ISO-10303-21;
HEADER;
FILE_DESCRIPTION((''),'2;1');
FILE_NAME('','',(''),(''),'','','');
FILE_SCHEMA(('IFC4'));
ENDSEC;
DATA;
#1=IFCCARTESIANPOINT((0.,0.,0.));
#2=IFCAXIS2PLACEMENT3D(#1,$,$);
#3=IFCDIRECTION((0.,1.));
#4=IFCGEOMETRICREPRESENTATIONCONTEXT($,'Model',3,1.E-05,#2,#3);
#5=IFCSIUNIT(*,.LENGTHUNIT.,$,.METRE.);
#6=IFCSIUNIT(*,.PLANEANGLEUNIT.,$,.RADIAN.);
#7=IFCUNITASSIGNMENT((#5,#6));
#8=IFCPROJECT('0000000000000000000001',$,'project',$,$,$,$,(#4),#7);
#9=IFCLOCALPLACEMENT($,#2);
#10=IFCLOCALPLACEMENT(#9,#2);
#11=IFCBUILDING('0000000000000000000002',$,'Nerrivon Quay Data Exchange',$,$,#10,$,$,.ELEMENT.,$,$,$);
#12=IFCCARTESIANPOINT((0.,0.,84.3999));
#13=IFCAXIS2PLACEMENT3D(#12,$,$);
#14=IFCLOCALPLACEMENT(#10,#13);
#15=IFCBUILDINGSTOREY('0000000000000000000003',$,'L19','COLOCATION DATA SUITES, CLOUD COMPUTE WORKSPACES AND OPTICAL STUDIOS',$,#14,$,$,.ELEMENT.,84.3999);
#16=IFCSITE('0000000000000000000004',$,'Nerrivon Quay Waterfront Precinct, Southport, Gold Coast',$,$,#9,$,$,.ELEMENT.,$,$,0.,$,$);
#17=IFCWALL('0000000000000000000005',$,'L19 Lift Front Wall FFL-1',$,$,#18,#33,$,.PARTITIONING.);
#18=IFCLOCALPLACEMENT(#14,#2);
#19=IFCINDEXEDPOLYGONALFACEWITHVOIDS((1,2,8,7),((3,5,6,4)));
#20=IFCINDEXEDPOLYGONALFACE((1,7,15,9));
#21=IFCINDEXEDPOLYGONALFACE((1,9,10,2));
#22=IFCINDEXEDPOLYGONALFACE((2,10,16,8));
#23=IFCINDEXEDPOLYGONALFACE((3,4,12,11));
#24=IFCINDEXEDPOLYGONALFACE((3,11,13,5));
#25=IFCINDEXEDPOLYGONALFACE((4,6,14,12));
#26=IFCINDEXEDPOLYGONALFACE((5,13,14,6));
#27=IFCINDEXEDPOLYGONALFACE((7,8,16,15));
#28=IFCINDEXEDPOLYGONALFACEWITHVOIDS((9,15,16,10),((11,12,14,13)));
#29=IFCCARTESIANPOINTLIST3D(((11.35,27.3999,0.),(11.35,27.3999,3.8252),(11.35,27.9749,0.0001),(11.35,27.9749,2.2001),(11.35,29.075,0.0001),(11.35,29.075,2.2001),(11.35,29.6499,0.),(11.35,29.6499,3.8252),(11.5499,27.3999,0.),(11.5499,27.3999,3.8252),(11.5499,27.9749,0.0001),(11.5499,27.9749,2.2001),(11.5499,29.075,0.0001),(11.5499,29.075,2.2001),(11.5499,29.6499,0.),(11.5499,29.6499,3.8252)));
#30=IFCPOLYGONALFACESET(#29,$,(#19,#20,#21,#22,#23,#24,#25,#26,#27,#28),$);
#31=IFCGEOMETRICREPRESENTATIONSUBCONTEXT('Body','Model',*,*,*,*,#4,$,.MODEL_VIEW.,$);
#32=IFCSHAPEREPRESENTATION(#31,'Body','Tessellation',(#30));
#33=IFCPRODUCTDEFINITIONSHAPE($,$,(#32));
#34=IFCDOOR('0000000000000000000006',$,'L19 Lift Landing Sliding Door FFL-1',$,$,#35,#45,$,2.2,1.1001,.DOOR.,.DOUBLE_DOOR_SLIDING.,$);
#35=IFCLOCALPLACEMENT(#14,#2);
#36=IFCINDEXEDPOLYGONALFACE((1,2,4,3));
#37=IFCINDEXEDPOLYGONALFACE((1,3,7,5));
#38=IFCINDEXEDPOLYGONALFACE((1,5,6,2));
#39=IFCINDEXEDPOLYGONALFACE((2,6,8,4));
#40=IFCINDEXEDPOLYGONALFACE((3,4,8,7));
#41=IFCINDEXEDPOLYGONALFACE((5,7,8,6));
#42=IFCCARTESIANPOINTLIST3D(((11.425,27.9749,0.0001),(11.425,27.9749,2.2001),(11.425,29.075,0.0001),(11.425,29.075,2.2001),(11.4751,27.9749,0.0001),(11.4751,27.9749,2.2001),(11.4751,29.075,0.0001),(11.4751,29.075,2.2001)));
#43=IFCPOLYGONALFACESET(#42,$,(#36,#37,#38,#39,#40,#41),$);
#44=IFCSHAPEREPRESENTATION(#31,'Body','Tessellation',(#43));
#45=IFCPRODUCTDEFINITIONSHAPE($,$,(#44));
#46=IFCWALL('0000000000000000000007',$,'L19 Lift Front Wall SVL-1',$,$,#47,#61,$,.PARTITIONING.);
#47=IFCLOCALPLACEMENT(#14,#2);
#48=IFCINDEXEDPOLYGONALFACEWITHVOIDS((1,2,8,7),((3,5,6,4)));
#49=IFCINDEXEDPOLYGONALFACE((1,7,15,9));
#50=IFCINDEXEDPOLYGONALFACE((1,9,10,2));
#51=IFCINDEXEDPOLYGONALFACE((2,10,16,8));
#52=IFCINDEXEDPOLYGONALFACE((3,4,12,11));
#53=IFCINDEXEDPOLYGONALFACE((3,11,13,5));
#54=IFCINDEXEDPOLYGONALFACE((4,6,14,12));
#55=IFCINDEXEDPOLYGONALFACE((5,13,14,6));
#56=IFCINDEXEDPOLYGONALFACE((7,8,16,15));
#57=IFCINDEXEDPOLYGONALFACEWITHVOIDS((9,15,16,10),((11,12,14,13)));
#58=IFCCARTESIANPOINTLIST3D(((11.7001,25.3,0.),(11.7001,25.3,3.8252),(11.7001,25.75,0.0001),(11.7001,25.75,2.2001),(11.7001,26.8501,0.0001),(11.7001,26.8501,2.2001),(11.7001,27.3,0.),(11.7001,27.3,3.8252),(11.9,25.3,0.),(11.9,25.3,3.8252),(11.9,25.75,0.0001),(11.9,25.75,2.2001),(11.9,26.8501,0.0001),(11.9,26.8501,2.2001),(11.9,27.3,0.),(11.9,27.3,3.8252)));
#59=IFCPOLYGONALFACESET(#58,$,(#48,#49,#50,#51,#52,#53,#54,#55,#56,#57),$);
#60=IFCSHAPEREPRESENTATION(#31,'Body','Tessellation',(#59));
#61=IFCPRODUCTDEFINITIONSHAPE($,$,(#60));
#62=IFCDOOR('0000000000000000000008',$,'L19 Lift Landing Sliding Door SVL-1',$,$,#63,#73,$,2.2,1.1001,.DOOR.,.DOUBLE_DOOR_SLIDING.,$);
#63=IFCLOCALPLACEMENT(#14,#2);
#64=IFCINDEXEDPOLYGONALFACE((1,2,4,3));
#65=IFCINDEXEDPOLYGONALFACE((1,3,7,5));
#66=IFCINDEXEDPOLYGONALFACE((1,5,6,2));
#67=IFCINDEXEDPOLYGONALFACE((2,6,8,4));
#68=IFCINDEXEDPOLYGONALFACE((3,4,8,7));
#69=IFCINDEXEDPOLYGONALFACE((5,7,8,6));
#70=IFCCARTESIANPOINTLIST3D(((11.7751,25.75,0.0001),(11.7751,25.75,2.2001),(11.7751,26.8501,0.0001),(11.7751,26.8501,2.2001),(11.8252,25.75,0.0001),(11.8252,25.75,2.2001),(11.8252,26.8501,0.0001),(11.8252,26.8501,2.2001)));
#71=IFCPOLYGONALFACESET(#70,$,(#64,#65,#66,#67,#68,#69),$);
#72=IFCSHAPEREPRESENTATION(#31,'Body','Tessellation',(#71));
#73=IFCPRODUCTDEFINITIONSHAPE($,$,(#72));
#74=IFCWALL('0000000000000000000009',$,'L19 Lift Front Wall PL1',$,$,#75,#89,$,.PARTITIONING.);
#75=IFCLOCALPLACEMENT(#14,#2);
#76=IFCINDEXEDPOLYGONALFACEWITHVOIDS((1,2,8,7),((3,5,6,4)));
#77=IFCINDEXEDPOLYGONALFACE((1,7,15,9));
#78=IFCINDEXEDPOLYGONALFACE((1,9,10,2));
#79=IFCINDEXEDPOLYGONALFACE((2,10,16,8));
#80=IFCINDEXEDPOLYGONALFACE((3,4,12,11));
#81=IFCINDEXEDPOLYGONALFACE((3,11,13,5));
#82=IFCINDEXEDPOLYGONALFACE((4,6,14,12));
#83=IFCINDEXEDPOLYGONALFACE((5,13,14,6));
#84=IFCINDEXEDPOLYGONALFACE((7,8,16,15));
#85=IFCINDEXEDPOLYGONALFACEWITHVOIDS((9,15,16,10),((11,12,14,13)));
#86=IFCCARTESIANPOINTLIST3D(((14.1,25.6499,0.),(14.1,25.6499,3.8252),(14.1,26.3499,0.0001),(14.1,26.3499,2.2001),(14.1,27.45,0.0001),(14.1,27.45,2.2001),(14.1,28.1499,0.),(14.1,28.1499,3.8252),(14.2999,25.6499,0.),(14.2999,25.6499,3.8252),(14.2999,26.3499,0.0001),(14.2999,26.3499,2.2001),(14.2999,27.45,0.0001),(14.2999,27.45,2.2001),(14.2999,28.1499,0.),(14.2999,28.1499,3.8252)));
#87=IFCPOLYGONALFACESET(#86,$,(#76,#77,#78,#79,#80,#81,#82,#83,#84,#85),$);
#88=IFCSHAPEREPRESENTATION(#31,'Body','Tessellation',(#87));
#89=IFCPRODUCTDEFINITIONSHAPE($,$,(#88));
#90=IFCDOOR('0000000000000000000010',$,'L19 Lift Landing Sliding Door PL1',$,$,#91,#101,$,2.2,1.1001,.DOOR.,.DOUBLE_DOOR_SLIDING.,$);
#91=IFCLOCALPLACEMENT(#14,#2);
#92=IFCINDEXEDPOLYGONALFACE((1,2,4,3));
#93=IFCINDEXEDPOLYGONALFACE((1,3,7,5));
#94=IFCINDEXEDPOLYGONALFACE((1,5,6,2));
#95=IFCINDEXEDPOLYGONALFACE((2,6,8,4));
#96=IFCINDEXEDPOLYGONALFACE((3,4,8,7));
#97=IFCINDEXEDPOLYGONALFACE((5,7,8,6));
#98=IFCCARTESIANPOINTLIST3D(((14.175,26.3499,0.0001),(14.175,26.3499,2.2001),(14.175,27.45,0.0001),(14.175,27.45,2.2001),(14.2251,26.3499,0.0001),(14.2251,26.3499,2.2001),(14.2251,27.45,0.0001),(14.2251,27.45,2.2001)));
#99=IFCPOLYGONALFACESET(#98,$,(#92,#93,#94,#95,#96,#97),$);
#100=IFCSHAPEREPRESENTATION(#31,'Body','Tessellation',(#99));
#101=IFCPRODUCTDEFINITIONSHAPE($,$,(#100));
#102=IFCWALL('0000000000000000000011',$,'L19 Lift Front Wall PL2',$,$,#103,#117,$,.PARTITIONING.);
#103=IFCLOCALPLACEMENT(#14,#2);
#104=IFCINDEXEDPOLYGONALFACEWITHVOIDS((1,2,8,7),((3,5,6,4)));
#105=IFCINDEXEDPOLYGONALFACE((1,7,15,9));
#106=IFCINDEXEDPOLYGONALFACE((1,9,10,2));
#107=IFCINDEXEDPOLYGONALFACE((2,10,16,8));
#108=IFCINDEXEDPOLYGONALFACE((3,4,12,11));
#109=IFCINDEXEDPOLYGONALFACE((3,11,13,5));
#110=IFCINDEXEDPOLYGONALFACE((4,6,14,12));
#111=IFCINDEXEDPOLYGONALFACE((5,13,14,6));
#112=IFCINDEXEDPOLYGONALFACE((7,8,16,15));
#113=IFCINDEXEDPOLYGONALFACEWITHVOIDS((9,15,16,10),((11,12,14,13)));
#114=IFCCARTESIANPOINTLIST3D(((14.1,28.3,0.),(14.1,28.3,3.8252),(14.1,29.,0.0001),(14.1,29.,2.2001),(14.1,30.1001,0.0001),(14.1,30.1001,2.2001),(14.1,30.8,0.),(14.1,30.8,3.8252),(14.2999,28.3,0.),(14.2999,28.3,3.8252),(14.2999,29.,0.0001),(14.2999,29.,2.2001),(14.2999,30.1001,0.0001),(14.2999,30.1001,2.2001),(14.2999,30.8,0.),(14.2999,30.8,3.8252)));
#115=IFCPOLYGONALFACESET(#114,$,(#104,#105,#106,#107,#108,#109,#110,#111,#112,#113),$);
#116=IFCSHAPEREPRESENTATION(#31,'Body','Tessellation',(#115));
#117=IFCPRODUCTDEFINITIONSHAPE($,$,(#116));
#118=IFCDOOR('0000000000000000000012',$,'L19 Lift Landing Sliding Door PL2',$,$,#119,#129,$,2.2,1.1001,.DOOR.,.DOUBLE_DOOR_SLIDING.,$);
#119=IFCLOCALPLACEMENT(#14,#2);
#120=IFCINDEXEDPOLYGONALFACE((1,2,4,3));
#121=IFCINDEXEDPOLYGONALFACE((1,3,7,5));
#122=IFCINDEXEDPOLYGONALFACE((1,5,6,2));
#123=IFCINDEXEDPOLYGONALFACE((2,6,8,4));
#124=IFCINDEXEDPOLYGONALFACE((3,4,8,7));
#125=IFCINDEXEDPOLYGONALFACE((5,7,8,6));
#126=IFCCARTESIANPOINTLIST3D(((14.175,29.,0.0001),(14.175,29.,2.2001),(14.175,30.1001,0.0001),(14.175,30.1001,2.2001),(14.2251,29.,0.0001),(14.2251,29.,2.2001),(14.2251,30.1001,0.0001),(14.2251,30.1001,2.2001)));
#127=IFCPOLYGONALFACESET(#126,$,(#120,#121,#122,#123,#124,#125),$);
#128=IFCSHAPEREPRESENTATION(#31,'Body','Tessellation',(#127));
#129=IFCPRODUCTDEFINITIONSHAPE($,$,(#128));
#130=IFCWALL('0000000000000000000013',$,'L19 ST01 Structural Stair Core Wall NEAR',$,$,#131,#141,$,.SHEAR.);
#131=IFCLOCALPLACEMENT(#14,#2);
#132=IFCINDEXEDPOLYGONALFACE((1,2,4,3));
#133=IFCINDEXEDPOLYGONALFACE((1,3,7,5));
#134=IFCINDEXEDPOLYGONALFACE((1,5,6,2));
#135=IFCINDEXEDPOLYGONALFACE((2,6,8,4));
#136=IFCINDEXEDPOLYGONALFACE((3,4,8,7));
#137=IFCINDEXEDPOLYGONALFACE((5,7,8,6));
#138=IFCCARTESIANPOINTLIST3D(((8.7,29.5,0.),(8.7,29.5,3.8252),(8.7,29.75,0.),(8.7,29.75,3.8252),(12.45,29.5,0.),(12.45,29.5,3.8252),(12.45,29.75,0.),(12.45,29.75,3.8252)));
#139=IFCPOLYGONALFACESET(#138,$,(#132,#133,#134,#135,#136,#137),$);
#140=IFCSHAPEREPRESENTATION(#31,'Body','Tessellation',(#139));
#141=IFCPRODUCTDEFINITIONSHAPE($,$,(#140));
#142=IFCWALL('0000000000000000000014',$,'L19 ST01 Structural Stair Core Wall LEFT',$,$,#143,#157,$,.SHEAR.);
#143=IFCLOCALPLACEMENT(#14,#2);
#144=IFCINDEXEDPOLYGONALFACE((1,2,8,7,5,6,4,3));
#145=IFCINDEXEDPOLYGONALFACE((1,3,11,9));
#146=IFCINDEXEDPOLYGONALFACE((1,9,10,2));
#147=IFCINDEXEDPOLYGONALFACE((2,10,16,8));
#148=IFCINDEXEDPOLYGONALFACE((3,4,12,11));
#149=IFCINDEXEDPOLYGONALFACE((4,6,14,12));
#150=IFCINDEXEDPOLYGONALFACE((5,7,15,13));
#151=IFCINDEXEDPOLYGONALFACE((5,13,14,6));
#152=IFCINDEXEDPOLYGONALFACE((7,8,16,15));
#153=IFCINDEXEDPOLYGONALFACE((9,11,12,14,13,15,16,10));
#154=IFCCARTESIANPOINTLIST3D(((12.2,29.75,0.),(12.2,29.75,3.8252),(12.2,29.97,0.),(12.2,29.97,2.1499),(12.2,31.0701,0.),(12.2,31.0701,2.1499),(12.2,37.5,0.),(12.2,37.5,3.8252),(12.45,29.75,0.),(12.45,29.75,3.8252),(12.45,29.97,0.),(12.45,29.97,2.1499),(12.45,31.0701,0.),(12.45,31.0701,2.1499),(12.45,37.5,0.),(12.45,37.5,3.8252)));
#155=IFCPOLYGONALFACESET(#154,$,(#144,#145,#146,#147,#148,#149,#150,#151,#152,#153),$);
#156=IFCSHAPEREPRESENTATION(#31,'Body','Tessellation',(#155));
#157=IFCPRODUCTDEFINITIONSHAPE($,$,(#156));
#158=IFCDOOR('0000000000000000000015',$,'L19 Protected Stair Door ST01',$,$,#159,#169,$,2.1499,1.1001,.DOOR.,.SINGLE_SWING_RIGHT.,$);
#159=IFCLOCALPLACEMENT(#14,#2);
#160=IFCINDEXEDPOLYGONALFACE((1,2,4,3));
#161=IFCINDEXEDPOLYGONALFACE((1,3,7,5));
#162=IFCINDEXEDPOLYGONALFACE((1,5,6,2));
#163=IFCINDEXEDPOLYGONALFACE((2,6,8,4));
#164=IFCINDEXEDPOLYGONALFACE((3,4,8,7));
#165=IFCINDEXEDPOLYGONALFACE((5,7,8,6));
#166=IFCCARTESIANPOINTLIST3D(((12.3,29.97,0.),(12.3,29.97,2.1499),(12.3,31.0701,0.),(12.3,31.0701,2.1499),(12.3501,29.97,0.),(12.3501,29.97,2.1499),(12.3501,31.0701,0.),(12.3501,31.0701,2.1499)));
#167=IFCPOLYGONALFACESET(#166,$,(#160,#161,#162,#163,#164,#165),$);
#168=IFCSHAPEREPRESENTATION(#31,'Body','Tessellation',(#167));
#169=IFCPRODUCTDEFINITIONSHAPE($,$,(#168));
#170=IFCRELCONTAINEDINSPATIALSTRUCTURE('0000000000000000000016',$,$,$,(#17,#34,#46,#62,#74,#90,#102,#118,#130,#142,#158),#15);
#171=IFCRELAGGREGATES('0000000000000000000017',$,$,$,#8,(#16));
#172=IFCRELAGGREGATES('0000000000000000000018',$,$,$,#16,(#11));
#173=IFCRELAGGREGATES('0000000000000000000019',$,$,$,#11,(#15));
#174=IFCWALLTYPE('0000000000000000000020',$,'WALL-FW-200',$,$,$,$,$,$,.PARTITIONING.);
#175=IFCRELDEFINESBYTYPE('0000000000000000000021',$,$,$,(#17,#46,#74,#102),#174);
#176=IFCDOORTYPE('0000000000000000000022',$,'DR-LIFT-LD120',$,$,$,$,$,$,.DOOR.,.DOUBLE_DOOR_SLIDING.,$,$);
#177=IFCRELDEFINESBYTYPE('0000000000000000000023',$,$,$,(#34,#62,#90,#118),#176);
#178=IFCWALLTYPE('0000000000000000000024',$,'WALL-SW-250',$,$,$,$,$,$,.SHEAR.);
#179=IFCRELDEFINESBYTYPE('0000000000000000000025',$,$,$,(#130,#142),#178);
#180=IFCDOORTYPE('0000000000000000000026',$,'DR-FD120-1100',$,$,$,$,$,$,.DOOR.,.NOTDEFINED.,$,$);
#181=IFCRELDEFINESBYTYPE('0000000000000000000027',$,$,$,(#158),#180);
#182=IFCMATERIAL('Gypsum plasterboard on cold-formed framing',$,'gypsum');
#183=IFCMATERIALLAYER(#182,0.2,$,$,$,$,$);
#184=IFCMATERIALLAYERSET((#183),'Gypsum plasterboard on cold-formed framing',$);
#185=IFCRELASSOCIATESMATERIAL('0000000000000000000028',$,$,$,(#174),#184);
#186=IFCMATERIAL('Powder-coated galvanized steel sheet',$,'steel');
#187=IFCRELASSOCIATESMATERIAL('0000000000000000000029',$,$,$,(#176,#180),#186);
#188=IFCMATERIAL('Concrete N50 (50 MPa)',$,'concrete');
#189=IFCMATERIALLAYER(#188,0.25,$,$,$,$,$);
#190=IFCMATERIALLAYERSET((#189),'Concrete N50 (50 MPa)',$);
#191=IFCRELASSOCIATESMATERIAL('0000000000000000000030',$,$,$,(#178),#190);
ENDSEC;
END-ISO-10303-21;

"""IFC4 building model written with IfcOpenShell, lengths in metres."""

from ifc_helpers import new_model, si_unit, direction, frame, frame_2d, origin, place, context, subcontext, project, spatial, rectangle, extrude, material, layer, layer_set, type_object, element, fill, save


model = new_model("IFC4")

# Units and contexts
model_context = context("Model", 3, precision=1e-05, world=origin(), true_north=direction((0.0, 1.0)))
body_context = subcontext(model_context, "Body", "Model", "MODEL_VIEW")
ifc_project = project(units=[si_unit("LENGTHUNIT", "METRE"), si_unit("PLANEANGLEUNIT", "RADIAN")], contexts=[model_context])

# Site, building, storey
site_placement = place(None, origin())
site = spatial("IfcSite", under=ifc_project, at=site_placement, Name="Nerrivon Quay Waterfront Precinct, Southport, Gold Coast", CompositionType="ELEMENT", RefElevation=0.0)
building_placement = place(site_placement, origin())
building = spatial("IfcBuilding", under=site, at=building_placement, Name="Nerrivon Quay Data Exchange", CompositionType="ELEMENT")
storey_placement = place(building_placement, frame((0.0, 0.0, 84.3999)))
storey = spatial("IfcBuildingStorey", under=building, at=storey_placement, Name="L19", Description="COLOCATION DATA SUITES, CLOUD COMPUTE WORKSPACES AND OPTICAL STUDIOS", CompositionType="ELEMENT", Elevation=84.3999)

# Walls, openings, doors
ifc_material_1 = material(Name="Gypsum plasterboard on cold-formed framing", Category="gypsum")
ifc_layer_1 = layer(ifc_material_1, 0.2)
ifc_layer_set_1 = layer_set([ifc_layer_1], Name="Gypsum plasterboard on cold-formed framing")
wall_type_1 = type_object("IfcWallType", Name="WALL-FW-200", PredefinedType="PARTITIONING", material=ifc_layer_set_1)
wall_1_placement = place(storey_placement, frame((11.45, 27.3999, 0.0), z_axis=(0.0, 0.0, 1.0), x_axis=(0.0, 1.0, 0.0)))
wall_1 = element("IfcWall", 1, at=wall_1_placement, inside=storey, type_object=wall_type_1, Name="L19 Lift Front Wall FFL-1", PredefinedType="PARTITIONING", context=body_context, shape_type="SweptSolid", body=[
    extrude(rectangle(XDim=2.25, YDim=0.2, at=frame_2d((1.125, 0.0))), origin(), (0.0, 0.0, 1.0), 3.8252),
])
opening_1_placement = place(wall_1_placement, frame((0.575, 0.0, 0.0)))
opening_1 = element("IfcOpeningElement", 2, at=opening_1_placement, cuts=wall_1, PredefinedType="OPENING", context=body_context, shape_type="SweptSolid", body=[
    extrude(rectangle(XDim=1.1001, YDim=2.2, at=frame_2d((0.55, 1.1001))), frame((0.0, 0.1099, 0.0), z_axis=(0.0, -1.0, 0.0), x_axis=(1.0, 0.0, 0.0)), (0.0, 0.0, 1.0), 0.22),
])
ifc_material_2 = material(Name="Powder-coated galvanized steel sheet", Category="steel")
door_type_1 = type_object("IfcDoorType", Name="DR-LIFT-LD120", OperationType="DOUBLE_DOOR_SLIDING", PredefinedType="DOOR", material=ifc_material_2)
door_1_placement = place(opening_1_placement, origin())
door_1 = element("IfcDoor", 3, at=door_1_placement, inside=storey, type_object=door_type_1, Name="L19 Lift Landing Sliding Door FFL-1", OperationType="DOUBLE_DOOR_SLIDING", OverallHeight=2.2, OverallWidth=1.1001, PredefinedType="DOOR", context=body_context, shape_type="SweptSolid", body=[
    extrude(rectangle(XDim=1.1001, YDim=2.2, at=frame_2d((0.55, 1.1001))), frame((0.0, 0.0249, 0.0), z_axis=(0.0, -1.0, 0.0), x_axis=(1.0, 0.0, 0.0)), (0.0, 0.0, 1.0), 0.05),
])
fill(opening_1, door_1)
wall_2_placement = place(storey_placement, frame((11.8, 25.3, 0.0), z_axis=(0.0, 0.0, 1.0), x_axis=(0.0, 1.0, 0.0)))
wall_2 = element("IfcWall", 4, at=wall_2_placement, inside=storey, type_object=wall_type_1, Name="L19 Lift Front Wall SVL-1", PredefinedType="PARTITIONING", context=body_context, shape_type="SweptSolid", body=[
    extrude(rectangle(XDim=2.0, YDim=0.2, at=frame_2d((1.0, 0.0))), origin(), (0.0, 0.0, 1.0), 3.8252),
])
opening_2_placement = place(wall_2_placement, frame((0.45, 0.0, 0.0)))
opening_2 = element("IfcOpeningElement", 5, at=opening_2_placement, cuts=wall_2, PredefinedType="OPENING", context=body_context, shape_type="SweptSolid", body=[
    extrude(rectangle(XDim=1.1001, YDim=2.2, at=frame_2d((0.55, 1.1001))), frame((0.0, 0.1099, 0.0), z_axis=(0.0, -1.0, 0.0), x_axis=(1.0, 0.0, 0.0)), (0.0, 0.0, 1.0), 0.22),
])
door_2_placement = place(opening_2_placement, origin())
door_2 = element("IfcDoor", 6, at=door_2_placement, inside=storey, type_object=door_type_1, Name="L19 Lift Landing Sliding Door SVL-1", OperationType="DOUBLE_DOOR_SLIDING", OverallHeight=2.2, OverallWidth=1.1001, PredefinedType="DOOR", context=body_context, shape_type="SweptSolid", body=[
    extrude(rectangle(XDim=1.1001, YDim=2.2, at=frame_2d((0.55, 1.1001))), frame((0.0, 0.0249, 0.0), z_axis=(0.0, -1.0, 0.0), x_axis=(1.0, 0.0, 0.0)), (0.0, 0.0, 1.0), 0.05),
])
fill(opening_2, door_2)
wall_3_placement = place(storey_placement, frame((14.2, 25.6499, 0.0), z_axis=(0.0, 0.0, 1.0), x_axis=(0.0, 1.0, 0.0)))
wall_3 = element("IfcWall", 7, at=wall_3_placement, inside=storey, type_object=wall_type_1, Name="L19 Lift Front Wall PL1", PredefinedType="PARTITIONING", context=body_context, shape_type="SweptSolid", body=[
    extrude(rectangle(XDim=2.5, YDim=0.2, at=frame_2d((1.25, 0.0))), origin(), (0.0, 0.0, 1.0), 3.8252),
])
opening_3_placement = place(wall_3_placement, frame((0.7, 0.0, 0.0)))
opening_3 = element("IfcOpeningElement", 8, at=opening_3_placement, cuts=wall_3, PredefinedType="OPENING", context=body_context, shape_type="SweptSolid", body=[
    extrude(rectangle(XDim=1.1001, YDim=2.2, at=frame_2d((0.55, 1.1001))), frame((0.0, 0.1099, 0.0), z_axis=(0.0, -1.0, 0.0), x_axis=(1.0, 0.0, 0.0)), (0.0, 0.0, 1.0), 0.22),
])
door_3_placement = place(opening_3_placement, origin())
door_3 = element("IfcDoor", 9, at=door_3_placement, inside=storey, type_object=door_type_1, Name="L19 Lift Landing Sliding Door PL1", OperationType="DOUBLE_DOOR_SLIDING", OverallHeight=2.2, OverallWidth=1.1001, PredefinedType="DOOR", context=body_context, shape_type="SweptSolid", body=[
    extrude(rectangle(XDim=1.1001, YDim=2.2, at=frame_2d((0.55, 1.1001))), frame((0.0, 0.0249, 0.0), z_axis=(0.0, -1.0, 0.0), x_axis=(1.0, 0.0, 0.0)), (0.0, 0.0, 1.0), 0.05),
])
fill(opening_3, door_3)
wall_4_placement = place(storey_placement, frame((14.2, 28.3, 0.0), z_axis=(0.0, 0.0, 1.0), x_axis=(0.0, 1.0, 0.0)))
wall_4 = element("IfcWall", 10, at=wall_4_placement, inside=storey, type_object=wall_type_1, Name="L19 Lift Front Wall PL2", PredefinedType="PARTITIONING", context=body_context, shape_type="SweptSolid", body=[
    extrude(rectangle(XDim=2.5, YDim=0.2, at=frame_2d((1.25, 0.0))), origin(), (0.0, 0.0, 1.0), 3.8252),
])
opening_4_placement = place(wall_4_placement, frame((0.7, 0.0, 0.0)))
opening_4 = element("IfcOpeningElement", 11, at=opening_4_placement, cuts=wall_4, PredefinedType="OPENING", context=body_context, shape_type="SweptSolid", body=[
    extrude(rectangle(XDim=1.1001, YDim=2.2, at=frame_2d((0.55, 1.1001))), frame((0.0, 0.1099, 0.0), z_axis=(0.0, -1.0, 0.0), x_axis=(1.0, 0.0, 0.0)), (0.0, 0.0, 1.0), 0.22),
])
door_4_placement = place(opening_4_placement, origin())
door_4 = element("IfcDoor", 12, at=door_4_placement, inside=storey, type_object=door_type_1, Name="L19 Lift Landing Sliding Door PL2", OperationType="DOUBLE_DOOR_SLIDING", OverallHeight=2.2, OverallWidth=1.1001, PredefinedType="DOOR", context=body_context, shape_type="SweptSolid", body=[
    extrude(rectangle(XDim=1.1001, YDim=2.2, at=frame_2d((0.55, 1.1001))), frame((0.0, 0.0249, 0.0), z_axis=(0.0, -1.0, 0.0), x_axis=(1.0, 0.0, 0.0)), (0.0, 0.0, 1.0), 0.05),
])
fill(opening_4, door_4)

# Wall
ifc_material_3 = material(Name="Concrete N50 (50 MPa)", Category="concrete")
ifc_layer_2 = layer(ifc_material_3, 0.25)
ifc_layer_set_2 = layer_set([ifc_layer_2], Name="Concrete N50 (50 MPa)")
wall_type_2 = type_object("IfcWallType", Name="WALL-SW-250", PredefinedType="SHEAR", material=ifc_layer_set_2)
wall_5_placement = place(storey_placement, frame((12.45, 29.625, 0.0), z_axis=(0.0, 0.0, 1.0), x_axis=(-1.0, 0.0, 0.0)))
element("IfcWall", 13, at=wall_5_placement, inside=storey, type_object=wall_type_2, Name="L19 ST01 Structural Stair Core Wall NEAR", PredefinedType="SHEAR", context=body_context, shape_type="SweptSolid", body=[
    extrude(rectangle(XDim=3.75, YDim=0.25, at=frame_2d((1.875, 0.0))), origin(), (0.0, 0.0, 1.0), 3.8252),
])

# Wall, opening, door
wall_6_placement = place(storey_placement, frame((12.325, 29.75, 0.0), z_axis=(0.0, 0.0, 1.0), x_axis=(0.0, 1.0, 0.0)))
wall_6 = element("IfcWall", 14, at=wall_6_placement, inside=storey, type_object=wall_type_2, Name="L19 ST01 Structural Stair Core Wall LEFT", PredefinedType="SHEAR", context=body_context, shape_type="SweptSolid", body=[
    extrude(rectangle(XDim=7.75, YDim=0.25, at=frame_2d((3.875, 0.0))), origin(), (0.0, 0.0, 1.0), 3.8252),
])
opening_5_placement = place(wall_6_placement, frame((0.22, 0.0, 0.0)))
opening_5 = element("IfcOpeningElement", 15, at=opening_5_placement, cuts=wall_6, PredefinedType="OPENING", context=body_context, shape_type="SweptSolid", body=[
    extrude(rectangle(XDim=1.1001, YDim=2.1499, at=frame_2d((0.55, 1.075))), frame((0.0, 0.135, 0.0), z_axis=(0.0, -1.0, 0.0), x_axis=(1.0, 0.0, 0.0)), (0.0, 0.0, 1.0), 0.27),
])
door_type_2 = type_object("IfcDoorType", Name="DR-FD120-1100", OperationType="NOTDEFINED", PredefinedType="DOOR", material=ifc_material_2)
door_5_placement = place(opening_5_placement, origin())
door_5 = element("IfcDoor", 16, at=door_5_placement, inside=storey, type_object=door_type_2, Name="L19 Protected Stair Door ST01", OperationType="SINGLE_SWING_RIGHT", OverallHeight=2.1499, OverallWidth=1.1001, PredefinedType="DOOR", context=body_context, shape_type="SweptSolid", body=[
    extrude(rectangle(XDim=1.1001, YDim=2.1499, at=frame_2d((0.55, 1.075))), frame((0.0, 0.0249, 0.0), z_axis=(0.0, -1.0, 0.0), x_axis=(1.0, 0.0, 0.0)), (0.0, 0.0, 1.0), 0.05),
])
fill(opening_5, door_5)

save(model, "model.ifc")
